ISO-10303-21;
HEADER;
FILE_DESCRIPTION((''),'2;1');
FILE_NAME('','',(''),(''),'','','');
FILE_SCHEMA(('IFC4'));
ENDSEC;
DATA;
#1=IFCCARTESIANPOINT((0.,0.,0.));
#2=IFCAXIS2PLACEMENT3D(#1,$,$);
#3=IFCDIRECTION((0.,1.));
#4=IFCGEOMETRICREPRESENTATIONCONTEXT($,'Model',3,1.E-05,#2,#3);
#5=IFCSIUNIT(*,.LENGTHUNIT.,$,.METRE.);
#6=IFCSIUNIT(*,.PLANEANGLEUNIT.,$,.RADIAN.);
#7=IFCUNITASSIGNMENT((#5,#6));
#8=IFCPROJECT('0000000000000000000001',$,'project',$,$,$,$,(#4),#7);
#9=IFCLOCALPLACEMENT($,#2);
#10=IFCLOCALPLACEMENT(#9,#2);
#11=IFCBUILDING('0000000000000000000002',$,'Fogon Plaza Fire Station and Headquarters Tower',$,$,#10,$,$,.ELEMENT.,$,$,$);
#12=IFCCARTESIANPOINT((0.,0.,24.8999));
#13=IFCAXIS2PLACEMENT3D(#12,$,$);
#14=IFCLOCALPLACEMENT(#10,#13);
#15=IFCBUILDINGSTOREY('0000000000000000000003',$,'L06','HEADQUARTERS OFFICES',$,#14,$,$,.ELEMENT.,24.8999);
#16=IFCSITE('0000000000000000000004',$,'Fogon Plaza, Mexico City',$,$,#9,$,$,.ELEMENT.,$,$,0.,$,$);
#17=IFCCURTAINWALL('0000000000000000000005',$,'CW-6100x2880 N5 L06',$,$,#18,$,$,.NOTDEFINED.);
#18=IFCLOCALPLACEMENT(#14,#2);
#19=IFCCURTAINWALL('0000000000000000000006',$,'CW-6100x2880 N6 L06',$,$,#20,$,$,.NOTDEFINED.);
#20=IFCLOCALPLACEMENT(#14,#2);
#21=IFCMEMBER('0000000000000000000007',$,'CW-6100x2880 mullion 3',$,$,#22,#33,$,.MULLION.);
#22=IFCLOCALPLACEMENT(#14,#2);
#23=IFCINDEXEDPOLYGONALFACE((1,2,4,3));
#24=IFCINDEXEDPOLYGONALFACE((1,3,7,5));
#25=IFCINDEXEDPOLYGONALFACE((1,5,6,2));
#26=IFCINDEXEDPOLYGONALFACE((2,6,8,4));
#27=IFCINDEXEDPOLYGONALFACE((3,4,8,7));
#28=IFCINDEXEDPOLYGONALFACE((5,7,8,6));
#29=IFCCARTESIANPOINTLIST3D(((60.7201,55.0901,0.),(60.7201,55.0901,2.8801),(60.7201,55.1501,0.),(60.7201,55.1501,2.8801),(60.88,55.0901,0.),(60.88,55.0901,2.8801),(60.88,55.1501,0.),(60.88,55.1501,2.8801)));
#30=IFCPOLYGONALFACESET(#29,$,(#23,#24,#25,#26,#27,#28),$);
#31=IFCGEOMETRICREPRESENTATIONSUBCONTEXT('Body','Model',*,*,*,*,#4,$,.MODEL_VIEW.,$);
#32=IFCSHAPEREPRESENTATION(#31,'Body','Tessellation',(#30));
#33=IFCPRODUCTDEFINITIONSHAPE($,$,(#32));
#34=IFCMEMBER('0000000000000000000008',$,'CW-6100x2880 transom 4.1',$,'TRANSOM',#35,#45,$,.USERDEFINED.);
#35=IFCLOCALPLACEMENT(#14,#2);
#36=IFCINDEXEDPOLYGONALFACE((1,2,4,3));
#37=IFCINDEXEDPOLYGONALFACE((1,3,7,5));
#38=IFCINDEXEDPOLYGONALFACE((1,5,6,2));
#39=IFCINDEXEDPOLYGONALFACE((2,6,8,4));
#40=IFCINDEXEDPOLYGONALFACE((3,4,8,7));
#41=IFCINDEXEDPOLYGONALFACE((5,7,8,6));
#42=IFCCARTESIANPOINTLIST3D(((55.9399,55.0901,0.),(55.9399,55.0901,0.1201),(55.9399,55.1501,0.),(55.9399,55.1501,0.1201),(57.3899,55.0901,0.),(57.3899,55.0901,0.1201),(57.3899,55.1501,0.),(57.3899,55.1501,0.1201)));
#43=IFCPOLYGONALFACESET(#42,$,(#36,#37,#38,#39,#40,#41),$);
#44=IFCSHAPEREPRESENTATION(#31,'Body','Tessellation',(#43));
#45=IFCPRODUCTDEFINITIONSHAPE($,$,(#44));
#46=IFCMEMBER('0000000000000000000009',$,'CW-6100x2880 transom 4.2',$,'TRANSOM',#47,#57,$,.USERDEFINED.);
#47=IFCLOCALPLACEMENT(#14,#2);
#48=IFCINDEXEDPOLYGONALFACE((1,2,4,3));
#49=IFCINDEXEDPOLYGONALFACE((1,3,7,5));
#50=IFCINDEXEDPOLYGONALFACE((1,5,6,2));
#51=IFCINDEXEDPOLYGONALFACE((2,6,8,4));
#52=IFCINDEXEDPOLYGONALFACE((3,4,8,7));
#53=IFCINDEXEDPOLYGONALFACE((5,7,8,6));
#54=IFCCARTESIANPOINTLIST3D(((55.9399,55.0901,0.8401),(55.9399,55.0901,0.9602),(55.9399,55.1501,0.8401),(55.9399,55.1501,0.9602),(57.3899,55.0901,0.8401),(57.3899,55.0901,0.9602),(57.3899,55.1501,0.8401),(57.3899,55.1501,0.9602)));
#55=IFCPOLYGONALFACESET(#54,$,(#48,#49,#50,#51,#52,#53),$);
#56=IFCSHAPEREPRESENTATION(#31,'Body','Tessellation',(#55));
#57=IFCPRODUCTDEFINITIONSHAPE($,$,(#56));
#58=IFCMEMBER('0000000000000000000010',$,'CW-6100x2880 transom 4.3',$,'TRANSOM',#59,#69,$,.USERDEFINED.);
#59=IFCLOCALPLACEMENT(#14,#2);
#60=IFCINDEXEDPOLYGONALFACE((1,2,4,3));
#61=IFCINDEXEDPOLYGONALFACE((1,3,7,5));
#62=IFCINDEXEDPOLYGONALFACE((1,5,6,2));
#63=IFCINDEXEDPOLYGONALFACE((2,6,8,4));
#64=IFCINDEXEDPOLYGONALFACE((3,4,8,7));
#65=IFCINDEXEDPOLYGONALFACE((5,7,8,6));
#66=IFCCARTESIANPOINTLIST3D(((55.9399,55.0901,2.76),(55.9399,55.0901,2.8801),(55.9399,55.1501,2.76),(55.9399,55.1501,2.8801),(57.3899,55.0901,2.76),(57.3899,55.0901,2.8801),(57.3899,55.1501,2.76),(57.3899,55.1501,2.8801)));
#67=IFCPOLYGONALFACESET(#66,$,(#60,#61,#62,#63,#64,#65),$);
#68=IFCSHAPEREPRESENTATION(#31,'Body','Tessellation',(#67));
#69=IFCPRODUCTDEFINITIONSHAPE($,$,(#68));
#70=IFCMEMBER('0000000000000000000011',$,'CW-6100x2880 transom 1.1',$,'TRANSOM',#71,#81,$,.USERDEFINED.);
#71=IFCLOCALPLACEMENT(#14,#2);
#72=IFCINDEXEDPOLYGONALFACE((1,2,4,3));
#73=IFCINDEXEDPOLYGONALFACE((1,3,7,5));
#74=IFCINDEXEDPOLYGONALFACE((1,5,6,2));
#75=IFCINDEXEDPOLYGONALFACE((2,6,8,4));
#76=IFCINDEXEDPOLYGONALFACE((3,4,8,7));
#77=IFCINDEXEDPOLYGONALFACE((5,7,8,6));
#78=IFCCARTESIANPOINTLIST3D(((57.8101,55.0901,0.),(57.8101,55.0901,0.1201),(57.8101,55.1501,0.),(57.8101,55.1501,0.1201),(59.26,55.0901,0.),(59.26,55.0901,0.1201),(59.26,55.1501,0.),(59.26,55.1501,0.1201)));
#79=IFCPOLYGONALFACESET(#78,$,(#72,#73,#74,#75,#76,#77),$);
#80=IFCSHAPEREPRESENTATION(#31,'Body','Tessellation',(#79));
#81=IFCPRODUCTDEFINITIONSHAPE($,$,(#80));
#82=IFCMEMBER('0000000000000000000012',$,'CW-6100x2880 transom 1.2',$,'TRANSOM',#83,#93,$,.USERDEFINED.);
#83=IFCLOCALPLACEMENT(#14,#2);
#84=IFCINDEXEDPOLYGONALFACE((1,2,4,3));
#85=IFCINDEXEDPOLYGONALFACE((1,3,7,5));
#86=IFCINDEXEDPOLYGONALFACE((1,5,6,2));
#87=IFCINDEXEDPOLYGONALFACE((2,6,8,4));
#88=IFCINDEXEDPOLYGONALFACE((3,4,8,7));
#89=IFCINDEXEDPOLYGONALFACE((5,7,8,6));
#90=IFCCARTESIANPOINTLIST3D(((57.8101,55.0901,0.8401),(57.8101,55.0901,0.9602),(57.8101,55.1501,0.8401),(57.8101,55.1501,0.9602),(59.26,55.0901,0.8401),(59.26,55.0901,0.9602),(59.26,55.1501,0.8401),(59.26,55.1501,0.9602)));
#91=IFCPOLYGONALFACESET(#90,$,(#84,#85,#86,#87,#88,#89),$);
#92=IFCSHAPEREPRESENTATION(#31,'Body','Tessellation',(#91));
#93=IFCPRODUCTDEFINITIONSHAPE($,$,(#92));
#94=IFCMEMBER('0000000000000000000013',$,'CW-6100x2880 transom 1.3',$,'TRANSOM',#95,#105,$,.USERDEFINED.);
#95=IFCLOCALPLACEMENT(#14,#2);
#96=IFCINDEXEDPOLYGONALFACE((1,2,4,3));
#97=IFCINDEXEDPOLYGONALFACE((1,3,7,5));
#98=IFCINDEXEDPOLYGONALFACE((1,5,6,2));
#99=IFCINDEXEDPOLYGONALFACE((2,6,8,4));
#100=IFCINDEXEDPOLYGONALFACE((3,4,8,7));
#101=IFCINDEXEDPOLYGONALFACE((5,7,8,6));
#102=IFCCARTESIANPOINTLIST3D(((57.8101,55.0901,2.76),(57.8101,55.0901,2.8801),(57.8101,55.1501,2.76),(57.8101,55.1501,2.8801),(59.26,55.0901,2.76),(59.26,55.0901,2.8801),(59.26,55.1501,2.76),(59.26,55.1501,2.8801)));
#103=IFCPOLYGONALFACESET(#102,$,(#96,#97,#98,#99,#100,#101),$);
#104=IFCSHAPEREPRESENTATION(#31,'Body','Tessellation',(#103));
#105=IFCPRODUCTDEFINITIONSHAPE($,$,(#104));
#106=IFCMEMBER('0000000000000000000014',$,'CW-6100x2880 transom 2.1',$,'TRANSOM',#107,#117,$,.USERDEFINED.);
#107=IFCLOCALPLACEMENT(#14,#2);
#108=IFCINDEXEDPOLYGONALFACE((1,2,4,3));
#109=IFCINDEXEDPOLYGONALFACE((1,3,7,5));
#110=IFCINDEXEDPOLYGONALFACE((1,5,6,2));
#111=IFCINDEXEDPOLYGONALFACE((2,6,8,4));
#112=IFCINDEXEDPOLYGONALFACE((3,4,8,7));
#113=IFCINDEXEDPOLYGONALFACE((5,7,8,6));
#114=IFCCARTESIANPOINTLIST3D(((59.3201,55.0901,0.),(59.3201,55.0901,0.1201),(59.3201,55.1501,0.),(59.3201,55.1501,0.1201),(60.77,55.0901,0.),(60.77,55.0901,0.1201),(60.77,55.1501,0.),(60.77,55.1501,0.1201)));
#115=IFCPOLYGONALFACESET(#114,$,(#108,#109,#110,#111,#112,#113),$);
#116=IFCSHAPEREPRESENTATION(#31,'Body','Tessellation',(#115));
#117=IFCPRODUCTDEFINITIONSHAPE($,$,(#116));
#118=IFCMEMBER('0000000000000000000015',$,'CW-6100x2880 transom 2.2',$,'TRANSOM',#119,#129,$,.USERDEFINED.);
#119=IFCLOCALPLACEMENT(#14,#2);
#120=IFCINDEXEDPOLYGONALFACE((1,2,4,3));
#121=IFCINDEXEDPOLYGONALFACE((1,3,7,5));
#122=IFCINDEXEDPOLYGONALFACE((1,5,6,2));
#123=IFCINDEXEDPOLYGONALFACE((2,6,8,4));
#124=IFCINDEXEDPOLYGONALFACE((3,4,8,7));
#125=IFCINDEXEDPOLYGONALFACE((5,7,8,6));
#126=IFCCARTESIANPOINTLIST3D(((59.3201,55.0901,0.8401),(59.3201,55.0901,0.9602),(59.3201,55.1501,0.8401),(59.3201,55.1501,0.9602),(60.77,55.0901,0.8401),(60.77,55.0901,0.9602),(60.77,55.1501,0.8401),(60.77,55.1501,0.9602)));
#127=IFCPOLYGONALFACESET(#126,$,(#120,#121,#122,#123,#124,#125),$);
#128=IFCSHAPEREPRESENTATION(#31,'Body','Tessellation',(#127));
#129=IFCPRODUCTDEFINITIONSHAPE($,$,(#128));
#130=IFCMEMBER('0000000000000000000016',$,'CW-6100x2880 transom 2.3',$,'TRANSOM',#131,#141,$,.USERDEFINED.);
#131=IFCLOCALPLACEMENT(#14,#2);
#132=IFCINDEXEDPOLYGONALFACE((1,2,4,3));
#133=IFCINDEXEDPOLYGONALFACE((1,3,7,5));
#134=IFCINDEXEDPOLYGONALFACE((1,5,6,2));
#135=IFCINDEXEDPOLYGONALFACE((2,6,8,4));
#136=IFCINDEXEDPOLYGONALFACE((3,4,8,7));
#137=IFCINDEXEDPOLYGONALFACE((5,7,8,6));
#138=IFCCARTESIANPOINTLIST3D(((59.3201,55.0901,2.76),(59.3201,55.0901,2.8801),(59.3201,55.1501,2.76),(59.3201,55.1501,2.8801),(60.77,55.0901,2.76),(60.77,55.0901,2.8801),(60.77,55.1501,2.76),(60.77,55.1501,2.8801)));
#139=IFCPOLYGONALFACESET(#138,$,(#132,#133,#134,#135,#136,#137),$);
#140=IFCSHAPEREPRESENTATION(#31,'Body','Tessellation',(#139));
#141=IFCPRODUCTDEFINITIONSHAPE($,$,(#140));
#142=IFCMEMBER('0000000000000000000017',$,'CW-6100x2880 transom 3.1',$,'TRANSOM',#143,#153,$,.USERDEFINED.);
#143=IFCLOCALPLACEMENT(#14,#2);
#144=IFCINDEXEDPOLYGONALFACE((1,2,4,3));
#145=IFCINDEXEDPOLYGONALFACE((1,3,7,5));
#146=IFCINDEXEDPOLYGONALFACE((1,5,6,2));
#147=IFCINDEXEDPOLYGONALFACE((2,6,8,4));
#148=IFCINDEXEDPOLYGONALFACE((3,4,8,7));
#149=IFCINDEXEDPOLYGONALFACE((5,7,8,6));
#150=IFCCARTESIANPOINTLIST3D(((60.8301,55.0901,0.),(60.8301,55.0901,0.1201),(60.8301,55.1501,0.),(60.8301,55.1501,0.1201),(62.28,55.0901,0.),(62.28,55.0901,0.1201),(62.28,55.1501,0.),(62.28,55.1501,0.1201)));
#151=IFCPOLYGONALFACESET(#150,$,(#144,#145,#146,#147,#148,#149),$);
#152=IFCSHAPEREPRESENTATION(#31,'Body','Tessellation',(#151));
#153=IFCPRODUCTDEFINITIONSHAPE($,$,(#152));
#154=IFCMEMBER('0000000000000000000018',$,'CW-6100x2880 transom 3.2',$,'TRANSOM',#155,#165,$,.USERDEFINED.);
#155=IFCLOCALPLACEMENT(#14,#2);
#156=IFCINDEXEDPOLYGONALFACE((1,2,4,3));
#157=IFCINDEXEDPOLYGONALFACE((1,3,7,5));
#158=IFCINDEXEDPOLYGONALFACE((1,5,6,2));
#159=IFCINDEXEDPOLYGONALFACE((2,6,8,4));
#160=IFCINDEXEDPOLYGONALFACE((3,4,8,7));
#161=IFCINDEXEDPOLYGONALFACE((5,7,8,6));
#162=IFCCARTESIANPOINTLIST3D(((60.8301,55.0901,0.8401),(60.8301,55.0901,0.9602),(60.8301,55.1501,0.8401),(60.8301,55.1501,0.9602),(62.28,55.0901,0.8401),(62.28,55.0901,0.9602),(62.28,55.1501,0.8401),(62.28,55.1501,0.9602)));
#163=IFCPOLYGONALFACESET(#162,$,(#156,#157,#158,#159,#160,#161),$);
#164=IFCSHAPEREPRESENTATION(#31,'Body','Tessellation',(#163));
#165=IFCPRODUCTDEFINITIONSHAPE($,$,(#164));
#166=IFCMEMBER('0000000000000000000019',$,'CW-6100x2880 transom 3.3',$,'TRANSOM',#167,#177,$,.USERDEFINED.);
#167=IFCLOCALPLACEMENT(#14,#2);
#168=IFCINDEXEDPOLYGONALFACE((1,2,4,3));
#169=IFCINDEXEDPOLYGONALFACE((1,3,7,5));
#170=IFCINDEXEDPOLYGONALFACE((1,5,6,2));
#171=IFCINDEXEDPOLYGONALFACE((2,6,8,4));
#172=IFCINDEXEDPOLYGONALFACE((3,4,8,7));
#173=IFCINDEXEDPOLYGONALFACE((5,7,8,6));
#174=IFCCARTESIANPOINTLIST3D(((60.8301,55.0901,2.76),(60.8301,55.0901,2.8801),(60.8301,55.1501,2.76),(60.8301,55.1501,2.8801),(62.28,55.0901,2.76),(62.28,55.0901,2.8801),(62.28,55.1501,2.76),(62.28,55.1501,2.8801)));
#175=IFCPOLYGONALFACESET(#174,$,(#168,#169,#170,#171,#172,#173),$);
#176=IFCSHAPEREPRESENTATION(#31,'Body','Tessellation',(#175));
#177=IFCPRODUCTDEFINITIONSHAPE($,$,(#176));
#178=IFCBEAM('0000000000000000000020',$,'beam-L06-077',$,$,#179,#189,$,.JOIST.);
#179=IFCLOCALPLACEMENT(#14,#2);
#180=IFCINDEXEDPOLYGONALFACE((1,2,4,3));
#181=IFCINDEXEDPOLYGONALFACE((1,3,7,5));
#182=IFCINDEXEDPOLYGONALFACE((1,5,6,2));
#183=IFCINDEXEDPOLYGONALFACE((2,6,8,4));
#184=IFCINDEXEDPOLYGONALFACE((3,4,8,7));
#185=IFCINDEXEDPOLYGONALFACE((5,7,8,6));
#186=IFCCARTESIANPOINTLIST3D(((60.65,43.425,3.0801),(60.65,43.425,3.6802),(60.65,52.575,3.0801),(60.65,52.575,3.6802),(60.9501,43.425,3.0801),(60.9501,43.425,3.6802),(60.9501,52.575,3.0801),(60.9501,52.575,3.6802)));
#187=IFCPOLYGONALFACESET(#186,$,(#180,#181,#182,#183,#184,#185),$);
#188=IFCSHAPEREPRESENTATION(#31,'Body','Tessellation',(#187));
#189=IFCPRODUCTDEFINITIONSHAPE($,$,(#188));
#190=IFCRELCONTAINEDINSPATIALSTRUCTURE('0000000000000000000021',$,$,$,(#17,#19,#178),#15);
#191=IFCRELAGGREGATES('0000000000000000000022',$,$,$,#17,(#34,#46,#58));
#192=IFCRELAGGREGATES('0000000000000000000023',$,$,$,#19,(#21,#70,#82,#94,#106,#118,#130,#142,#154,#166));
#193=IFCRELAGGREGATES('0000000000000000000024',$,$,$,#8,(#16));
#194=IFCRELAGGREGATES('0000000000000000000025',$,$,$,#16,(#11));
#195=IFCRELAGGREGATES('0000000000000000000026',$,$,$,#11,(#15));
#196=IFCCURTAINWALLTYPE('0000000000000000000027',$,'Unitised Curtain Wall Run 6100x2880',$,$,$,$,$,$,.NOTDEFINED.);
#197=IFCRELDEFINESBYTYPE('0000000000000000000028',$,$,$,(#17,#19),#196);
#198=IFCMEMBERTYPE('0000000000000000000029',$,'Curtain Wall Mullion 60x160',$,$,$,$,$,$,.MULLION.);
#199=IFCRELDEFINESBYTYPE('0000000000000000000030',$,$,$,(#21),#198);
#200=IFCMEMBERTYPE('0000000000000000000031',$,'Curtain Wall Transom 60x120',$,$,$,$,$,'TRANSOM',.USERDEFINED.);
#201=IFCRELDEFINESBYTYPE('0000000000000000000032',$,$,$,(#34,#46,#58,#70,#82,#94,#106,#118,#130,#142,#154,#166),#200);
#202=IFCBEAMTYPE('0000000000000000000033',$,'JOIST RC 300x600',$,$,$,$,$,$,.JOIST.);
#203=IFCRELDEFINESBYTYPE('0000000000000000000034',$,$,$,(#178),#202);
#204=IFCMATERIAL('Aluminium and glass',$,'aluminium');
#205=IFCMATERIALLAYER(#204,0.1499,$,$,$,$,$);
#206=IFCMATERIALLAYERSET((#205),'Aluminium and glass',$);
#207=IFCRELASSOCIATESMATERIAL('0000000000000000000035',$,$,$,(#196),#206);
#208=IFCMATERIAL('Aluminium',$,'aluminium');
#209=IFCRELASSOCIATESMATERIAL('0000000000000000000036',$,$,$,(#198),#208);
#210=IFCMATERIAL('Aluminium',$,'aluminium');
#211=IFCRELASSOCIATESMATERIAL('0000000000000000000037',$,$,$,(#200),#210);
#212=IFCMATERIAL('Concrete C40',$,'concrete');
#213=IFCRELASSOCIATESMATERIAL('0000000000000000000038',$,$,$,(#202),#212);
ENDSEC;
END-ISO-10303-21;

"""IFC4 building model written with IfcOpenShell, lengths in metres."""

from ifc_helpers import new_model, si_unit, direction, frame, origin, origin_2d, place, context, subcontext, project, spatial, rectangle, extrude, material, layer, layer_set, material_profile, profile_set, type_object, element, aggregate, save


model = new_model("IFC4")

# Units and contexts
model_context = context("Model", 3, precision=1e-05, world=origin(), true_north=direction((0.0, 1.0)))
body_context = subcontext(model_context, "Body", "Model", "MODEL_VIEW")
ifc_project = project(units=[si_unit("LENGTHUNIT", "METRE"), si_unit("PLANEANGLEUNIT", "RADIAN")], contexts=[model_context])

# Site, building, storey
site_placement = place(None, origin())
site = spatial("IfcSite", under=ifc_project, at=site_placement, Name="Fogon Plaza, Mexico City", CompositionType="ELEMENT", RefElevation=0.0)
building_placement = place(site_placement, origin())
building = spatial("IfcBuilding", under=site, at=building_placement, Name="Fogon Plaza Fire Station and Headquarters Tower", CompositionType="ELEMENT")
storey_placement = place(building_placement, frame((0.0, 0.0, 24.8999)))
storey = spatial("IfcBuildingStorey", under=building, at=storey_placement, Name="L06", Description="HEADQUARTERS OFFICES", CompositionType="ELEMENT", Elevation=24.8999)

# Curtain walls, member
ifc_material_1 = material(Name="Aluminium and glass", Category="aluminium")
ifc_layer_1 = layer(ifc_material_1, 0.1499)
ifc_layer_set_1 = layer_set([ifc_layer_1], Name="Aluminium and glass")
curtain_wall_type = type_object("IfcCurtainWallType", Name="Unitised Curtain Wall Run 6100x2880", PredefinedType="NOTDEFINED", material=ifc_layer_set_1)
curtain_wall_1_placement = place(storey_placement, origin())
curtain_wall_1 = element("IfcCurtainWall", 1, at=curtain_wall_1_placement, inside=storey, type_object=curtain_wall_type, Name="CW-6100x2880 N5 L06", PredefinedType="NOTDEFINED")
ifc_material_2 = material(Name="Aluminium", Category="aluminium")
ifc_material_profile_1 = material_profile(ifc_material_2, rectangle(XDim=0.0601, YDim=0.1599, at=origin_2d()), Name="Curtain Wall Mullion 60x160")
ifc_profile_set_1 = profile_set([ifc_material_profile_1], Name="Aluminium")
member_type_1 = type_object("IfcMemberType", Name="Curtain Wall Mullion 60x160", PredefinedType="MULLION", material=ifc_profile_set_1)
curtain_wall_2_placement = place(storey_placement, origin())
curtain_wall_2 = element("IfcCurtainWall", 2, at=curtain_wall_2_placement, inside=storey, type_object=curtain_wall_type, Name="CW-6100x2880 N6 L06", PredefinedType="NOTDEFINED")
member_1_placement = place(storey_placement, frame((60.8, 55.1201, 0.0), z_axis=(0.0, 0.0, 1.0), x_axis=(0.0, 1.0, 0.0)))
member_1 = element("IfcMember", 3, at=member_1_placement, type_object=member_type_1, Name="CW-6100x2880 mullion 3", PredefinedType="MULLION", context=body_context, shape_type="SweptSolid", body=[
    extrude(rectangle(XDim=0.0601, YDim=0.1599, at=origin_2d()), origin(), (0.0, 0.0, 1.0), 2.8801),
])

# Members
ifc_material_3 = material(Name="Aluminium", Category="aluminium")
ifc_material_profile_2 = material_profile(ifc_material_3, rectangle(XDim=0.0601, YDim=0.1201, at=origin_2d()), Name="Curtain Wall Transom 60x120")
ifc_profile_set_2 = profile_set([ifc_material_profile_2], Name="Aluminium")
member_type_2 = type_object("IfcMemberType", Name="Curtain Wall Transom 60x120", ElementType="TRANSOM", PredefinedType="USERDEFINED", material=ifc_profile_set_2)
member_2_placement = place(storey_placement, frame((55.9399, 55.1201, 0.0601), z_axis=(1.0, 0.0, 0.0), x_axis=(0.0, 1.0, 0.0)))
member_2 = element("IfcMember", 4, at=member_2_placement, type_object=member_type_2, Name="CW-6100x2880 transom 4.1", ObjectType="TRANSOM", PredefinedType="USERDEFINED", context=body_context, shape_type="SweptSolid", body=[
    extrude(rectangle(XDim=0.0601, YDim=0.1201, at=origin_2d()), origin(), (0.0, 0.0, 1.0), 1.45),
])
member_3_placement = place(storey_placement, frame((55.9399, 55.1201, 0.9001), z_axis=(1.0, 0.0, 0.0), x_axis=(0.0, 1.0, 0.0)))
member_3 = element("IfcMember", 5, at=member_3_placement, type_object=member_type_2, Name="CW-6100x2880 transom 4.2", ObjectType="TRANSOM", PredefinedType="USERDEFINED", context=body_context, shape_type="SweptSolid", body=[
    extrude(rectangle(XDim=0.0601, YDim=0.1201, at=origin_2d()), origin(), (0.0, 0.0, 1.0), 1.45),
])
member_4_placement = place(storey_placement, frame((55.9399, 55.1201, 2.8201), z_axis=(1.0, 0.0, 0.0), x_axis=(0.0, 1.0, 0.0)))
member_4 = element("IfcMember", 6, at=member_4_placement, type_object=member_type_2, Name="CW-6100x2880 transom 4.3", ObjectType="TRANSOM", PredefinedType="USERDEFINED", context=body_context, shape_type="SweptSolid", body=[
    extrude(rectangle(XDim=0.0601, YDim=0.1201, at=origin_2d()), origin(), (0.0, 0.0, 1.0), 1.45),
])
member_5_placement = place(storey_placement, frame((57.8101, 55.1201, 0.0601), z_axis=(1.0, 0.0, 0.0), x_axis=(0.0, 1.0, 0.0)))
member_5 = element("IfcMember", 7, at=member_5_placement, type_object=member_type_2, Name="CW-6100x2880 transom 1.1", ObjectType="TRANSOM", PredefinedType="USERDEFINED", context=body_context, shape_type="SweptSolid", body=[
    extrude(rectangle(XDim=0.0601, YDim=0.1201, at=origin_2d()), origin(), (0.0, 0.0, 1.0), 1.45),
])
member_6_placement = place(storey_placement, frame((57.8101, 55.1201, 0.9001), z_axis=(1.0, 0.0, 0.0), x_axis=(0.0, 1.0, 0.0)))
member_6 = element("IfcMember", 8, at=member_6_placement, type_object=member_type_2, Name="CW-6100x2880 transom 1.2", ObjectType="TRANSOM", PredefinedType="USERDEFINED", context=body_context, shape_type="SweptSolid", body=[
    extrude(rectangle(XDim=0.0601, YDim=0.1201, at=origin_2d()), origin(), (0.0, 0.0, 1.0), 1.45),
])
member_7_placement = place(storey_placement, frame((57.8101, 55.1201, 2.8201), z_axis=(1.0, 0.0, 0.0), x_axis=(0.0, 1.0, 0.0)))
member_7 = element("IfcMember", 9, at=member_7_placement, type_object=member_type_2, Name="CW-6100x2880 transom 1.3", ObjectType="TRANSOM", PredefinedType="USERDEFINED", context=body_context, shape_type="SweptSolid", body=[
    extrude(rectangle(XDim=0.0601, YDim=0.1201, at=origin_2d()), origin(), (0.0, 0.0, 1.0), 1.45),
])
member_8_placement = place(storey_placement, frame((59.3201, 55.1201, 0.0601), z_axis=(1.0, 0.0, 0.0), x_axis=(0.0, 1.0, 0.0)))
member_8 = element("IfcMember", 10, at=member_8_placement, type_object=member_type_2, Name="CW-6100x2880 transom 2.1", ObjectType="TRANSOM", PredefinedType="USERDEFINED", context=body_context, shape_type="SweptSolid", body=[
    extrude(rectangle(XDim=0.0601, YDim=0.1201, at=origin_2d()), origin(), (0.0, 0.0, 1.0), 1.45),
])
member_9_placement = place(storey_placement, frame((59.3201, 55.1201, 0.9001), z_axis=(1.0, 0.0, 0.0), x_axis=(0.0, 1.0, 0.0)))
member_9 = element("IfcMember", 11, at=member_9_placement, type_object=member_type_2, Name="CW-6100x2880 transom 2.2", ObjectType="TRANSOM", PredefinedType="USERDEFINED", context=body_context, shape_type="SweptSolid", body=[
    extrude(rectangle(XDim=0.0601, YDim=0.1201, at=origin_2d()), origin(), (0.0, 0.0, 1.0), 1.45),
])
member_10_placement = place(storey_placement, frame((59.3201, 55.1201, 2.8201), z_axis=(1.0, 0.0, 0.0), x_axis=(0.0, 1.0, 0.0)))
member_10 = element("IfcMember", 12, at=member_10_placement, type_object=member_type_2, Name="CW-6100x2880 transom 2.3", ObjectType="TRANSOM", PredefinedType="USERDEFINED", context=body_context, shape_type="SweptSolid", body=[
    extrude(rectangle(XDim=0.0601, YDim=0.1201, at=origin_2d()), origin(), (0.0, 0.0, 1.0), 1.45),
])
member_11_placement = place(storey_placement, frame((60.8301, 55.1201, 0.0601), z_axis=(1.0, 0.0, 0.0), x_axis=(0.0, 1.0, 0.0)))
member_11 = element("IfcMember", 13, at=member_11_placement, type_object=member_type_2, Name="CW-6100x2880 transom 3.1", ObjectType="TRANSOM", PredefinedType="USERDEFINED", context=body_context, shape_type="SweptSolid", body=[
    extrude(rectangle(XDim=0.0601, YDim=0.1201, at=origin_2d()), origin(), (0.0, 0.0, 1.0), 1.45),
])
member_12_placement = place(storey_placement, frame((60.8301, 55.1201, 0.9001), z_axis=(1.0, 0.0, 0.0), x_axis=(0.0, 1.0, 0.0)))
member_12 = element("IfcMember", 14, at=member_12_placement, type_object=member_type_2, Name="CW-6100x2880 transom 3.2", ObjectType="TRANSOM", PredefinedType="USERDEFINED", context=body_context, shape_type="SweptSolid", body=[
    extrude(rectangle(XDim=0.0601, YDim=0.1201, at=origin_2d()), origin(), (0.0, 0.0, 1.0), 1.45),
])
member_13_placement = place(storey_placement, frame((60.8301, 55.1201, 2.8201), z_axis=(1.0, 0.0, 0.0), x_axis=(0.0, 1.0, 0.0)))
member_13 = element("IfcMember", 15, at=member_13_placement, type_object=member_type_2, Name="CW-6100x2880 transom 3.3", ObjectType="TRANSOM", PredefinedType="USERDEFINED", context=body_context, shape_type="SweptSolid", body=[
    extrude(rectangle(XDim=0.0601, YDim=0.1201, at=origin_2d()), origin(), (0.0, 0.0, 1.0), 1.45),
])

# Beam
ifc_material_4 = material(Name="Concrete C40", Category="concrete")
ifc_material_profile_3 = material_profile(ifc_material_4, rectangle(XDim=0.3, YDim=0.6001, at=origin_2d()), Name="RC 300x600")
ifc_profile_set_3 = profile_set([ifc_material_profile_3], Name="Concrete C40")
beam_type_1 = type_object("IfcBeamType", Name="JOIST RC 300x600", PredefinedType="JOIST", material=ifc_profile_set_3)
beam_1_placement = place(storey_placement, frame((60.8, 43.425, 3.3801), z_axis=(0.0, 1.0, 0.0), x_axis=(-1.0, 0.0, 0.0)))
element("IfcBeam", 16, at=beam_1_placement, inside=storey, type_object=beam_type_1, Name="beam-L06-077", PredefinedType="JOIST", context=body_context, shape_type="SweptSolid", body=[
    extrude(rectangle(XDim=0.3, YDim=0.6001, at=origin_2d()), origin(), (0.0, 0.0, 1.0), 9.1499),
])

aggregate(curtain_wall_1, [member_2, member_3, member_4])
aggregate(curtain_wall_2, [member_1, member_5, member_6, member_7, member_8, member_9, member_10, member_11, member_12, member_13])

save(model, "model.ifc")
